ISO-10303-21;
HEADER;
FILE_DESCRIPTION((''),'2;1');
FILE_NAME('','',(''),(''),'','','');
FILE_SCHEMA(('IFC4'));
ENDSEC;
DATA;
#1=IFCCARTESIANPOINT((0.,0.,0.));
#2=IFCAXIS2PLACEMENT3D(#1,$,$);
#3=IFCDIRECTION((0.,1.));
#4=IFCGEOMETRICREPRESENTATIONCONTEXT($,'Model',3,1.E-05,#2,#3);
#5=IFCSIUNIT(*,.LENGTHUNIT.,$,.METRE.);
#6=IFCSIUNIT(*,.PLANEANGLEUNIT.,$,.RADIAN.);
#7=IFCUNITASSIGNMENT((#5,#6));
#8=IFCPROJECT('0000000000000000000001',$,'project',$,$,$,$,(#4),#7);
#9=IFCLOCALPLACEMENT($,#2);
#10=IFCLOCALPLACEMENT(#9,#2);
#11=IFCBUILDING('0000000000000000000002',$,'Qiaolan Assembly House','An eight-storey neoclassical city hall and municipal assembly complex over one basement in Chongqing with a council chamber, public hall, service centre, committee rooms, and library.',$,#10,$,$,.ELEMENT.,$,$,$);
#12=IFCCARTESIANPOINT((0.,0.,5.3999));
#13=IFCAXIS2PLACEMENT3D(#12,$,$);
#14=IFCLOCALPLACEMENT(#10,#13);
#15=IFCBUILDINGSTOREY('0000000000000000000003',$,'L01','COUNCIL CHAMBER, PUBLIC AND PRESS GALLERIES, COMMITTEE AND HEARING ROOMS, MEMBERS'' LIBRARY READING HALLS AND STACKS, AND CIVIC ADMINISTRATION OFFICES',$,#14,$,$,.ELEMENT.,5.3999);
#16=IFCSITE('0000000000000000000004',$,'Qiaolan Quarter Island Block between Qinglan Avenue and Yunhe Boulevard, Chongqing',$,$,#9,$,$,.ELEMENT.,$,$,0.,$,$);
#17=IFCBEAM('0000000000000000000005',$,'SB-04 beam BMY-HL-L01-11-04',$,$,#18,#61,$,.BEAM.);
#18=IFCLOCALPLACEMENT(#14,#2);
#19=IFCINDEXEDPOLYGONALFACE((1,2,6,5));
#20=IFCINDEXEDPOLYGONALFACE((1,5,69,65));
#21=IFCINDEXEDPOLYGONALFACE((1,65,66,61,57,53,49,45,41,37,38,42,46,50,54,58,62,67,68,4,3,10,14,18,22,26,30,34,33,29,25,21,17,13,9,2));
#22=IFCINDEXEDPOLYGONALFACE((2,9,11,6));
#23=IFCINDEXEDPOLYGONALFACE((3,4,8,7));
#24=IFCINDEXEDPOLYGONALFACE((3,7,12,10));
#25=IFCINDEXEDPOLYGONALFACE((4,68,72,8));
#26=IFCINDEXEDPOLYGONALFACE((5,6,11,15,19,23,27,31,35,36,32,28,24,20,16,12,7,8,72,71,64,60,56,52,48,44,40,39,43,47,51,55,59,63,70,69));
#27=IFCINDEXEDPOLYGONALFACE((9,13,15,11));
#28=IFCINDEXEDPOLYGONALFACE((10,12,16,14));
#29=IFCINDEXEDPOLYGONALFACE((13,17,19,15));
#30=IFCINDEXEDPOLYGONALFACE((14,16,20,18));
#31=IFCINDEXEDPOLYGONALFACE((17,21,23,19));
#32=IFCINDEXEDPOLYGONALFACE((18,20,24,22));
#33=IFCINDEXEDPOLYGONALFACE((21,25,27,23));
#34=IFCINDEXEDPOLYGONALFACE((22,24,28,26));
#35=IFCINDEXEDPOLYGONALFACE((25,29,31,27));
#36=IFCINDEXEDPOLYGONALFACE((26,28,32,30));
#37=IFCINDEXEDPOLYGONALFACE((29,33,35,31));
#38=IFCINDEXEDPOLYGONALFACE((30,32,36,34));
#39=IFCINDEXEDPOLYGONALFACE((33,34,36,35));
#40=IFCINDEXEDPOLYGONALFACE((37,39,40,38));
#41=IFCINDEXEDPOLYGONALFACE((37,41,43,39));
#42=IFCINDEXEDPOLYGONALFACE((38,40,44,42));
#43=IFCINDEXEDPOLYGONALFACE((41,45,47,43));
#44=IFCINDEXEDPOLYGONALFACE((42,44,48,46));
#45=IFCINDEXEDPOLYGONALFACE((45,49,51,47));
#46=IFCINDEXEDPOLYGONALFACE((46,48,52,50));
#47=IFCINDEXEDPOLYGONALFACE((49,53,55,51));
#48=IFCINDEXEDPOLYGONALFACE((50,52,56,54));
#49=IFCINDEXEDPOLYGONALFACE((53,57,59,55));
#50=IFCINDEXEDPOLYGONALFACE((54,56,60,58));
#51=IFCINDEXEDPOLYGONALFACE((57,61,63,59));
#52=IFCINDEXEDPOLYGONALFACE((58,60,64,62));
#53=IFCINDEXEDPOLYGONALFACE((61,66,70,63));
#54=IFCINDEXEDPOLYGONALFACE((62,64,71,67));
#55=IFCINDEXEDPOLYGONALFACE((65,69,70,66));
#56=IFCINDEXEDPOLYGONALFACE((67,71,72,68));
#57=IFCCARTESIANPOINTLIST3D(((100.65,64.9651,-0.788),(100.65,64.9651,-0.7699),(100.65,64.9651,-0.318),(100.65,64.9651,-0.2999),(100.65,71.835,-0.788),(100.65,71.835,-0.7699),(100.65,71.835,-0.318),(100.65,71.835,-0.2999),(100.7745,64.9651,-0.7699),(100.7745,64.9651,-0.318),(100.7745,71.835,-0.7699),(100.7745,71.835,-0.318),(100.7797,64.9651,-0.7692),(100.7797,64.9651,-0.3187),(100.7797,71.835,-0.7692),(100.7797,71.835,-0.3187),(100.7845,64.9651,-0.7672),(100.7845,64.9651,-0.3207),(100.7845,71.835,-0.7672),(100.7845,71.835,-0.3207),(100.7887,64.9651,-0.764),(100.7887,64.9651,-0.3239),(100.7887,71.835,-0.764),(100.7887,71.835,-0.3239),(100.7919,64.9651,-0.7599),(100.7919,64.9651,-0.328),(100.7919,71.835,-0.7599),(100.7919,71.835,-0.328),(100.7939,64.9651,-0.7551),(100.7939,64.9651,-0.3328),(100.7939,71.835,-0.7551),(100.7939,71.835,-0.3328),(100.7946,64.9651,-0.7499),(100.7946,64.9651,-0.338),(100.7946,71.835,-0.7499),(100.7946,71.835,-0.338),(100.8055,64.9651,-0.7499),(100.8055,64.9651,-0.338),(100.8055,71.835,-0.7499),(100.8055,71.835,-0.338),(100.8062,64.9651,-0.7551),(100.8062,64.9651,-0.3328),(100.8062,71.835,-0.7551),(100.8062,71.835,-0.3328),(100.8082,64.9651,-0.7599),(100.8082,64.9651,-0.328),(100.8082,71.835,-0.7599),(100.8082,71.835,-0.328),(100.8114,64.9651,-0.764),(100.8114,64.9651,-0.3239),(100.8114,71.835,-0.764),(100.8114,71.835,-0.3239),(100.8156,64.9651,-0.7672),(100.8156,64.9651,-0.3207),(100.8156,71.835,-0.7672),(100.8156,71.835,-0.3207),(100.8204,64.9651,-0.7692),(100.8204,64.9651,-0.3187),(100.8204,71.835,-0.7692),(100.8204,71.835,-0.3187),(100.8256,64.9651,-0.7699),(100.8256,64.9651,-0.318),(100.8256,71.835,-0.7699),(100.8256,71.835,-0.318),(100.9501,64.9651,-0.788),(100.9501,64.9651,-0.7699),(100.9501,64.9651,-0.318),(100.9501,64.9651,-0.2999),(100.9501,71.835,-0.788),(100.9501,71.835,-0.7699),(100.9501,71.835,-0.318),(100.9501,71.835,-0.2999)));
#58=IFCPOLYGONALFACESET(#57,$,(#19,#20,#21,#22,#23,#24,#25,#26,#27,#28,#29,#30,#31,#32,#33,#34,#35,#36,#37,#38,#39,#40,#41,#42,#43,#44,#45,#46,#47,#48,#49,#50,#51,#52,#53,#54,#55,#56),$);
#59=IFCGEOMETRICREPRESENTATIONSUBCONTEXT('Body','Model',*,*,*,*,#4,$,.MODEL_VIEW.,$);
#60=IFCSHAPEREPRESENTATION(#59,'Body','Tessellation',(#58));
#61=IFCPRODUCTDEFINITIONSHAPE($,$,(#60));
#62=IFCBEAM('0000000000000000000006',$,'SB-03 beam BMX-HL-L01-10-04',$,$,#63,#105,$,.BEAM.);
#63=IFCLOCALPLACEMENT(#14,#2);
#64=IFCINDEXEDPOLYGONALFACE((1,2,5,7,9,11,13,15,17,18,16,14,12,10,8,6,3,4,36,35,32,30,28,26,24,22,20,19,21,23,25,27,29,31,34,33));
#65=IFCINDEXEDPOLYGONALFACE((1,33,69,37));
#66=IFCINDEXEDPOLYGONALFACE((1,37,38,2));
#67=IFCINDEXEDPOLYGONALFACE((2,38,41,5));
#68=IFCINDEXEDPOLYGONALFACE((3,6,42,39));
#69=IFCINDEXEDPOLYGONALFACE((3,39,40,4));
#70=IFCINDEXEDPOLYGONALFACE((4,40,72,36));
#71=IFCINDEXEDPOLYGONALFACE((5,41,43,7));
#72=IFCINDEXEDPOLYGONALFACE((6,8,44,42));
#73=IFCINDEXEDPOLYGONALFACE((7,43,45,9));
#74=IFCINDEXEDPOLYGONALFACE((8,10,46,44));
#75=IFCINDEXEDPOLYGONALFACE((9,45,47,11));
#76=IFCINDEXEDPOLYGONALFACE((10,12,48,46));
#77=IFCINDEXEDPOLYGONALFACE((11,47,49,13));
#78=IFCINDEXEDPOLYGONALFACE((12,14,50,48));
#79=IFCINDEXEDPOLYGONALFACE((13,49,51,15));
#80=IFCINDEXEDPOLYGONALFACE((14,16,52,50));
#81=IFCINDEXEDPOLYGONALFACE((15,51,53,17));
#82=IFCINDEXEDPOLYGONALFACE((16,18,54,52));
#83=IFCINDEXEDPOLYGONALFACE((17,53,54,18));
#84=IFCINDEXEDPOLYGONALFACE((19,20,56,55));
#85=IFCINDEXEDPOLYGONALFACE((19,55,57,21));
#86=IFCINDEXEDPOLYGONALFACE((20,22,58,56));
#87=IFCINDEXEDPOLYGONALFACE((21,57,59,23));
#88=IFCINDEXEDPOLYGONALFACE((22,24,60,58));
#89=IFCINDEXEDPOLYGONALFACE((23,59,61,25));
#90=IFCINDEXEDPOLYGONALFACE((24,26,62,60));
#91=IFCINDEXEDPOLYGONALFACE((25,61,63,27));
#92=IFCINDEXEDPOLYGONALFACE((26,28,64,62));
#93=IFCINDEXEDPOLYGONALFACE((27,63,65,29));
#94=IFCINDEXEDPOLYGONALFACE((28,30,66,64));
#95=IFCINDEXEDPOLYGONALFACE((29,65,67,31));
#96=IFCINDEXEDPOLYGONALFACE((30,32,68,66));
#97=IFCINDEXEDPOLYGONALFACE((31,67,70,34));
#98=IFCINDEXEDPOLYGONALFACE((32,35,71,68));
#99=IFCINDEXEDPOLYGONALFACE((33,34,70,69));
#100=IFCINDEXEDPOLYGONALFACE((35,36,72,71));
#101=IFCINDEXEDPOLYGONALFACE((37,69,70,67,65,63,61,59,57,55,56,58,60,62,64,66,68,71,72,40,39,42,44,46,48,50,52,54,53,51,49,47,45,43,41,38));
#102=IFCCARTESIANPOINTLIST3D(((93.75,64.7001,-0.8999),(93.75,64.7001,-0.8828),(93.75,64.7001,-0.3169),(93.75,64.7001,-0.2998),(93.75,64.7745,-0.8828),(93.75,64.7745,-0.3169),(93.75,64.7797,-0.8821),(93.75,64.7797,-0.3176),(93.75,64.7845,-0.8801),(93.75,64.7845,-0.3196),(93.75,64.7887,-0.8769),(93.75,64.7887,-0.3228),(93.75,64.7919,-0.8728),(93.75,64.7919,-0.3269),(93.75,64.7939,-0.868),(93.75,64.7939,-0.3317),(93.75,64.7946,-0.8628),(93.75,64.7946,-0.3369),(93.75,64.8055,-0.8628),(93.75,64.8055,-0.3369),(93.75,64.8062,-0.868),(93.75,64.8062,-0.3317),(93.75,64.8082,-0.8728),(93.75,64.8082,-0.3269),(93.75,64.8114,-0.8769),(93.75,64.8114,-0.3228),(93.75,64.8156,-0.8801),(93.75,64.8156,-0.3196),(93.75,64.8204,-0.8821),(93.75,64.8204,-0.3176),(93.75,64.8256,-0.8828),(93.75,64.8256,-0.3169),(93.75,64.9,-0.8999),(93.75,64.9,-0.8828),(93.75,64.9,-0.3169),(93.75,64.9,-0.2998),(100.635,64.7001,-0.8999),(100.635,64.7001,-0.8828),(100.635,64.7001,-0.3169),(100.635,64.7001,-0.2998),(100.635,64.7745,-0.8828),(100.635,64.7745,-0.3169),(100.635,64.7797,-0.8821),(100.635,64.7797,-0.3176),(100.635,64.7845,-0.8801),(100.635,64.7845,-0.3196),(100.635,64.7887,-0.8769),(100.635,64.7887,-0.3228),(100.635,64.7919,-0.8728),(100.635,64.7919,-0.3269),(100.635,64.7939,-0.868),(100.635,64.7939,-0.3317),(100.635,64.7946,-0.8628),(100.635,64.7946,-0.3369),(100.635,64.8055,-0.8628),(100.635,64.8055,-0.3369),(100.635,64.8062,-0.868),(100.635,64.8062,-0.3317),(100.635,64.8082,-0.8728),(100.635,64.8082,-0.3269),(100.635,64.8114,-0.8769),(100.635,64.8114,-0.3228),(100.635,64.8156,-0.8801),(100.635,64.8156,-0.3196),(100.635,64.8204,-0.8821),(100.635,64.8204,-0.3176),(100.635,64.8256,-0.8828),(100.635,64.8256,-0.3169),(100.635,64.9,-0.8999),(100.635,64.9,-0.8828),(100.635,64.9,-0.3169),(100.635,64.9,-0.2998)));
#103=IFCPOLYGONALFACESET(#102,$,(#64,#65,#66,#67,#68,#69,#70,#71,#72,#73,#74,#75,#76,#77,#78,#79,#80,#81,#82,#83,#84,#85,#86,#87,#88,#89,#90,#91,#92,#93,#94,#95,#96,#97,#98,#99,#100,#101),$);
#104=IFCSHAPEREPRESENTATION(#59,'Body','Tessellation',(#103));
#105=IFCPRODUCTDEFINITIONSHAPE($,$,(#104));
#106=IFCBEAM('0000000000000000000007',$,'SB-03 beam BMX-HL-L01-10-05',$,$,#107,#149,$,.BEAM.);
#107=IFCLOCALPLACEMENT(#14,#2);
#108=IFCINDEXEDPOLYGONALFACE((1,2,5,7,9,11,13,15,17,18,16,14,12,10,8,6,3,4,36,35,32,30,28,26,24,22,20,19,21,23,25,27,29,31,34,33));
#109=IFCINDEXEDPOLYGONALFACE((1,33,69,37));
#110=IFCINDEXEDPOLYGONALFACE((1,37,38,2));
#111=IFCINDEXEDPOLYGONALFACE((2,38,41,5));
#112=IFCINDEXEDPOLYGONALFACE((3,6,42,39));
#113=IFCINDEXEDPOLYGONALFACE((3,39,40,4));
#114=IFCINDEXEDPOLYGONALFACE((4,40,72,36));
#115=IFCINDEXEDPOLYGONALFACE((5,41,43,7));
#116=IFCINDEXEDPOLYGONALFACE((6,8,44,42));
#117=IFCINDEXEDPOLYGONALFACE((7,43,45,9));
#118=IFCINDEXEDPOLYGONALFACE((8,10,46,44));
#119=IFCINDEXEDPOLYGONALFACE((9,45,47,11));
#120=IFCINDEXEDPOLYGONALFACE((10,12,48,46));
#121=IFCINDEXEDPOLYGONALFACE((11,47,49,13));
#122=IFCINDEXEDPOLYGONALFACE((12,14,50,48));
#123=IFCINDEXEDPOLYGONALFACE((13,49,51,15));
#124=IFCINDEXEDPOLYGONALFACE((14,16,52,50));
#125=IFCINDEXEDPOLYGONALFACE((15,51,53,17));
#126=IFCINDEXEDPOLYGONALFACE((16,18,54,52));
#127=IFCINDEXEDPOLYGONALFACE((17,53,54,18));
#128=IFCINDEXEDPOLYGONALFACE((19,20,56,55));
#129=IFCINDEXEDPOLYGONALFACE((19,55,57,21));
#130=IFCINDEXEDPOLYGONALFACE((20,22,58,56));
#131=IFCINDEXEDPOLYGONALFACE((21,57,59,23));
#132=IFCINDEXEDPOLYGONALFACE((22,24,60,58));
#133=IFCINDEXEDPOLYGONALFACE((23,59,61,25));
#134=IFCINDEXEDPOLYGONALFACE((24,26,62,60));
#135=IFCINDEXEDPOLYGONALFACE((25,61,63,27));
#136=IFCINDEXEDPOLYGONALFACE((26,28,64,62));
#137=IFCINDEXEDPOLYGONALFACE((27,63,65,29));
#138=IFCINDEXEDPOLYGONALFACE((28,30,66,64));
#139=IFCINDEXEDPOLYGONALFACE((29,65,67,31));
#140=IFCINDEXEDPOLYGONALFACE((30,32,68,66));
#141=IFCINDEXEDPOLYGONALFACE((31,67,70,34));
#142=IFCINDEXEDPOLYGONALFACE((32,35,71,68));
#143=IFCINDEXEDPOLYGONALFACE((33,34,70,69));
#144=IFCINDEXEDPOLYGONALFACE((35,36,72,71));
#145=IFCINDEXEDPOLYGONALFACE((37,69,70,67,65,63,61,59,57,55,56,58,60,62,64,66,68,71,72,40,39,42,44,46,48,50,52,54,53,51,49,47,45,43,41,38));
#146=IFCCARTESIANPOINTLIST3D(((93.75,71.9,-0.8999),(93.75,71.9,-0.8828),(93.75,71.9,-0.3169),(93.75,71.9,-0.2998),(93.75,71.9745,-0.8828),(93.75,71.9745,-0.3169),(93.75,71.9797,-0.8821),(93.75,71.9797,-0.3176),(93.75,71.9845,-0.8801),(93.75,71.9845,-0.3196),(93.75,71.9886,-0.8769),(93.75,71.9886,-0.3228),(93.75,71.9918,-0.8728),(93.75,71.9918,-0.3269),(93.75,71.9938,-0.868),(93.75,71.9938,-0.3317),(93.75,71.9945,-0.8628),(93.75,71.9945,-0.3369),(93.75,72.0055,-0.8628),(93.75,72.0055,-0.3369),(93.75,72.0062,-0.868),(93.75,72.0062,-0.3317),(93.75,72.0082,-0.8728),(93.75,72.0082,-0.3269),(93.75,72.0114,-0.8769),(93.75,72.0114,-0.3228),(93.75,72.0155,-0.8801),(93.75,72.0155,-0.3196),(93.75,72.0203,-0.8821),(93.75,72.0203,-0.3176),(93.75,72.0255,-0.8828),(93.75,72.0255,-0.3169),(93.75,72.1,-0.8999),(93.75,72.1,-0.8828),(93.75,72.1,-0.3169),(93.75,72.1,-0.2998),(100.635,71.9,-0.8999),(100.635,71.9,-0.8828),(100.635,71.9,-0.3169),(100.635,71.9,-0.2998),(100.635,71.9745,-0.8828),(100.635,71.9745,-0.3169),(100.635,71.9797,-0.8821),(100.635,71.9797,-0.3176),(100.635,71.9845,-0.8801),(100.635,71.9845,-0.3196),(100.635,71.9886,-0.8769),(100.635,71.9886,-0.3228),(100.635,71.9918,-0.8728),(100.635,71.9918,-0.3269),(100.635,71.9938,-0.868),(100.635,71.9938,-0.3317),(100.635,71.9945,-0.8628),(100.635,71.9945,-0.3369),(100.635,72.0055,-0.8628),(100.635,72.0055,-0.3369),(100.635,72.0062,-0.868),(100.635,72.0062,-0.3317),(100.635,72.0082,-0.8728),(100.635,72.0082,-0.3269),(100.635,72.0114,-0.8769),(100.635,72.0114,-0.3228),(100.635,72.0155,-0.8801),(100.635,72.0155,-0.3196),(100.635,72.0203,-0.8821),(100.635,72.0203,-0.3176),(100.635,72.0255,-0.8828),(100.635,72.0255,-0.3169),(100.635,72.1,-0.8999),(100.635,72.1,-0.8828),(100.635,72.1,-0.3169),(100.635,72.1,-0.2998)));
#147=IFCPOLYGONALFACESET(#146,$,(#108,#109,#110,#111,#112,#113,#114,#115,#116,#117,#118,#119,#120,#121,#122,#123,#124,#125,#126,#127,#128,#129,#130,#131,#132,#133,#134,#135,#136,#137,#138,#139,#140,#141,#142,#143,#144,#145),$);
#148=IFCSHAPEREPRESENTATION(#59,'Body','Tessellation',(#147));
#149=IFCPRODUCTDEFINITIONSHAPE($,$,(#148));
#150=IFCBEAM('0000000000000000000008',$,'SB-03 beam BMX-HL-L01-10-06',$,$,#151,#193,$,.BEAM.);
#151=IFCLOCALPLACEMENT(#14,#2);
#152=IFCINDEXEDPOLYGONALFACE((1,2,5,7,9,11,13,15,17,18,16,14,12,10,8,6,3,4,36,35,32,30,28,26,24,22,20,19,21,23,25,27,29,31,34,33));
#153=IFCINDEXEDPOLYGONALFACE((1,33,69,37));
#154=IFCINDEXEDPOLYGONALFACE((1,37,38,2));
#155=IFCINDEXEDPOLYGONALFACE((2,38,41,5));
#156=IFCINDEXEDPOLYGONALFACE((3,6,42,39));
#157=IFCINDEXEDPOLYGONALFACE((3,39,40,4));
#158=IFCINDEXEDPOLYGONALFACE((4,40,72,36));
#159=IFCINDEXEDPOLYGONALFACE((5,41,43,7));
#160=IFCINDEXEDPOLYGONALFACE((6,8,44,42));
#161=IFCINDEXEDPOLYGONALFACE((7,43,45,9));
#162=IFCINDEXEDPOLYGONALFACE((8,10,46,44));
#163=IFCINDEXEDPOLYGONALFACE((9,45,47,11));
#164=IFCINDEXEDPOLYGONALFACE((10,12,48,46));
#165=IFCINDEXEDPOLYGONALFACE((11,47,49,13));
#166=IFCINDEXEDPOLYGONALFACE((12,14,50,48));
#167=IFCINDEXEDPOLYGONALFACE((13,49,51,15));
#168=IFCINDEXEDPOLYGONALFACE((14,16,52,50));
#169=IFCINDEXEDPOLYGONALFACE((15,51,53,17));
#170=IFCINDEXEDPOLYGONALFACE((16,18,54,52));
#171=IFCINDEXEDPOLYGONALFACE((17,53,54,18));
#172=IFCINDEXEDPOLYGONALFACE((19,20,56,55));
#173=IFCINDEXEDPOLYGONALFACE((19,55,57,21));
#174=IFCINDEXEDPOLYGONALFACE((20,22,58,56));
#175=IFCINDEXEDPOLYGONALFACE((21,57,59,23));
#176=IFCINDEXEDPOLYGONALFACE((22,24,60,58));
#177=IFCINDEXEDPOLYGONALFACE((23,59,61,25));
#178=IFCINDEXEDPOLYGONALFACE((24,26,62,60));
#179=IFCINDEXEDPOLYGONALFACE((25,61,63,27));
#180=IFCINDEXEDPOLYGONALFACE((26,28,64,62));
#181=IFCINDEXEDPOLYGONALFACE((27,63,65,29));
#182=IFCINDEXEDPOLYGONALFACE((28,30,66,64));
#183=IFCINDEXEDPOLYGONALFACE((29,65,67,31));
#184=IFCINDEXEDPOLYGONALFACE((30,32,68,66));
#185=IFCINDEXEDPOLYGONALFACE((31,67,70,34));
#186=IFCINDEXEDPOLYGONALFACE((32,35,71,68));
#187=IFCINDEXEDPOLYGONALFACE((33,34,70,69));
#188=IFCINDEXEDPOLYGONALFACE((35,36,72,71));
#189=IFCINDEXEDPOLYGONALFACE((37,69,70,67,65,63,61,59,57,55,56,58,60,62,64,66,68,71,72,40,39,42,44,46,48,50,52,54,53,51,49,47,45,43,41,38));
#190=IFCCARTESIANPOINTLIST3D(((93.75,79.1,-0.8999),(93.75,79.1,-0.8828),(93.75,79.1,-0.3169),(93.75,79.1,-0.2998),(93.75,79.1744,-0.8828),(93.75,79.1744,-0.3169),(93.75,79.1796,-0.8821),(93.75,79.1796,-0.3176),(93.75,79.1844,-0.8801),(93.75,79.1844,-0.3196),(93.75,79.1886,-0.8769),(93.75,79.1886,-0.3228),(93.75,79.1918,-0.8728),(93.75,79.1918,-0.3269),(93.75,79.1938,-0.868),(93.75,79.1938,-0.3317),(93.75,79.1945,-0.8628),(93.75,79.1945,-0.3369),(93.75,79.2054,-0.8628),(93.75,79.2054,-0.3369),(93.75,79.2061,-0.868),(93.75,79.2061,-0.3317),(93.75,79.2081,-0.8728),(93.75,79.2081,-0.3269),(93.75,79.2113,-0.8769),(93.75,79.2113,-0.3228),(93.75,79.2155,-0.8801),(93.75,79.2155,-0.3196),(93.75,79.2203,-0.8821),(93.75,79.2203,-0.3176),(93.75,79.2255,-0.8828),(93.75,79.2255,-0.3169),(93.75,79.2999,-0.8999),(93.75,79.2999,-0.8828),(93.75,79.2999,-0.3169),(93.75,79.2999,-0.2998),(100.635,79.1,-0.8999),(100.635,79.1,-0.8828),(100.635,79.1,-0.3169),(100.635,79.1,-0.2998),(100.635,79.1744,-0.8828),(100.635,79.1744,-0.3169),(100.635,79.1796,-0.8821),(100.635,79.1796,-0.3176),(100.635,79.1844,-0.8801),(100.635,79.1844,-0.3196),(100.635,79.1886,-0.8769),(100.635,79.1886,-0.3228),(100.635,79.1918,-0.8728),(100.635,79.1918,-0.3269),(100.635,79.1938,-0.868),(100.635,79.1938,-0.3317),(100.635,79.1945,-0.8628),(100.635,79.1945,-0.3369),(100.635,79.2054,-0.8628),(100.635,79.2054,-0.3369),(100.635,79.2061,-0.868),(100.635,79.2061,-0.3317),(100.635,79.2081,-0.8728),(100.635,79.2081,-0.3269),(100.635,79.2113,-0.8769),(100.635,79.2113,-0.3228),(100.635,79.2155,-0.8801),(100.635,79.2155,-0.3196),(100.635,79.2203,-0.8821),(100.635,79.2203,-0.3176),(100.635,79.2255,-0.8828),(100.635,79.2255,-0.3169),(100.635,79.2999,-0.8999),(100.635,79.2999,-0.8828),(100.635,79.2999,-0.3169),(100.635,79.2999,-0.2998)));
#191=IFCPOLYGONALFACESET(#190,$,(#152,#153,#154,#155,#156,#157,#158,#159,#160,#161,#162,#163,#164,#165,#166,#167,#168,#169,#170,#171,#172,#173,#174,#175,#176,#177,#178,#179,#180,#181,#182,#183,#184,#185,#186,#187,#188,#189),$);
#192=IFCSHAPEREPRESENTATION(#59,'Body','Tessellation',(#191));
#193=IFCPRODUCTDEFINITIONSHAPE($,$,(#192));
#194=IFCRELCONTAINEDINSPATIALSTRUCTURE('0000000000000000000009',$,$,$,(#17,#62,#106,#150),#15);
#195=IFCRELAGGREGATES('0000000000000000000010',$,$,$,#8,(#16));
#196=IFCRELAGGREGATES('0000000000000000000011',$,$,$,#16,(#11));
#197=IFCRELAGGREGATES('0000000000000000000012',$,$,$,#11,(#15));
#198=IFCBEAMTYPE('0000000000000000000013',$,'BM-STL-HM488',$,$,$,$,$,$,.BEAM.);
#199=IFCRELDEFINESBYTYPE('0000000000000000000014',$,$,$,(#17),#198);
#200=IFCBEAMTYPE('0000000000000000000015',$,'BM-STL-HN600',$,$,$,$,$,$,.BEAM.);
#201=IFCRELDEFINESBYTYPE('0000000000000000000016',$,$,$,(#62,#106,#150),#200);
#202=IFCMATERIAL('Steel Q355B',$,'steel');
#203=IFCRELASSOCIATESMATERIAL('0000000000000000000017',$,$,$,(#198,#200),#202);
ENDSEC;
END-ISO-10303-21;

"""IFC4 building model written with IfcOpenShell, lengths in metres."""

from ifc_helpers import new_model, si_unit, direction, frame, origin, origin_2d, place, context, subcontext, project, spatial, i_section, extrude, material, material_profile, profile_set, type_object, element, save


model = new_model("IFC4")

# Units and contexts
model_context = context("Model", 3, precision=1e-05, world=origin(), true_north=direction((0.0, 1.0)))
body_context = subcontext(model_context, "Body", "Model", "MODEL_VIEW")
ifc_project = project(units=[si_unit("LENGTHUNIT", "METRE"), si_unit("PLANEANGLEUNIT", "RADIAN")], contexts=[model_context])

# Site, building, storey
site_placement = place(None, origin())
site = spatial("IfcSite", under=ifc_project, at=site_placement, Name="Qiaolan Quarter Island Block between Qinglan Avenue and Yunhe Boulevard, Chongqing", CompositionType="ELEMENT", RefElevation=0.0)
building_placement = place(site_placement, origin())
building = spatial("IfcBuilding", under=site, at=building_placement, Name="Qiaolan Assembly House", Description="An eight-storey neoclassical city hall and municipal assembly complex over one basement in Chongqing with a council chamber, public hall, service centre, committee rooms, and library.", CompositionType="ELEMENT")
storey_placement = place(building_placement, frame((0.0, 0.0, 5.3999)))
storey = spatial("IfcBuildingStorey", under=building, at=storey_placement, Name="L01", Description="COUNCIL CHAMBER, PUBLIC AND PRESS GALLERIES, COMMITTEE AND HEARING ROOMS, MEMBERS' LIBRARY READING HALLS AND STACKS, AND CIVIC ADMINISTRATION OFFICES", CompositionType="ELEMENT", Elevation=5.3999)

# Shared definitions
ifc_material_1 = material(Name="Steel Q355B", Category="steel")

# Beams
ifc_material_profile_1 = material_profile(ifc_material_1, i_section(OverallWidth=0.3, OverallDepth=0.488, WebThickness=0.011, FlangeThickness=0.0181, FilletRadius=0.02, at=origin_2d()), Name="HM 488x300x11x18")
ifc_profile_set_1 = profile_set([ifc_material_profile_1], Name="Steel Q355B")
beam_type_1 = type_object("IfcBeamType", Name="BM-STL-HM488", PredefinedType="BEAM", material=ifc_profile_set_1)
beam_placement = place(storey_placement, frame((100.8, 64.9651, -0.5439), z_axis=(0.0, 1.0, 0.0), x_axis=(-1.0, 0.0, 0.0)))
element("IfcBeam", 1, at=beam_placement, inside=storey, type_object=beam_type_1, Name="SB-04 beam BMY-HL-L01-11-04", PredefinedType="BEAM", context=body_context, shape_type="SweptSolid", body=[
    extrude(i_section(OverallWidth=0.3, OverallDepth=0.488, WebThickness=0.011, FlangeThickness=0.0181, FilletRadius=0.02, at=origin_2d()), origin(), (0.0, 0.0, 1.0), 6.8699),
])
ifc_material_profile_2 = material_profile(ifc_material_1, i_section(OverallWidth=0.2, OverallDepth=0.6001, WebThickness=0.011, FlangeThickness=0.0171, FilletRadius=0.02, at=origin_2d()), Name="HN 600x200x11x17")
ifc_profile_set_2 = profile_set([ifc_material_profile_2], Name="Steel Q355B")
beam_type_2 = type_object("IfcBeamType", Name="BM-STL-HN600", PredefinedType="BEAM", material=ifc_profile_set_2)
for number, where, z_axis, x_axis, name in (
    (2, (93.75, 64.8, -0.5999), (1.0, 0.0, 0.0), (0.0, 1.0, 0.0), "SB-03 beam BMX-HL-L01-10-04"),
    (3, (93.75, 72.0, -0.5999), (1.0, 0.0, 0.0), (0.0, 1.0, 0.0), "SB-03 beam BMX-HL-L01-10-05"),
    (4, (93.75, 79.2, -0.5999), (1.0, 0.0, 0.0), (0.0, 1.0, 0.0), "SB-03 beam BMX-HL-L01-10-06"),
):
    element("IfcBeam", number, at=place(storey_placement, frame(where, z_axis=z_axis, x_axis=x_axis)), inside=storey, type_object=beam_type_2, Name=name, PredefinedType="BEAM", context=body_context, shape_type="SweptSolid", body=[
        extrude(i_section(OverallWidth=0.2, OverallDepth=0.6001, WebThickness=0.011, FlangeThickness=0.0171, FilletRadius=0.02, at=origin_2d()), origin(), (0.0, 0.0, 1.0), 6.885),
    ])

save(model, "model.ifc")
